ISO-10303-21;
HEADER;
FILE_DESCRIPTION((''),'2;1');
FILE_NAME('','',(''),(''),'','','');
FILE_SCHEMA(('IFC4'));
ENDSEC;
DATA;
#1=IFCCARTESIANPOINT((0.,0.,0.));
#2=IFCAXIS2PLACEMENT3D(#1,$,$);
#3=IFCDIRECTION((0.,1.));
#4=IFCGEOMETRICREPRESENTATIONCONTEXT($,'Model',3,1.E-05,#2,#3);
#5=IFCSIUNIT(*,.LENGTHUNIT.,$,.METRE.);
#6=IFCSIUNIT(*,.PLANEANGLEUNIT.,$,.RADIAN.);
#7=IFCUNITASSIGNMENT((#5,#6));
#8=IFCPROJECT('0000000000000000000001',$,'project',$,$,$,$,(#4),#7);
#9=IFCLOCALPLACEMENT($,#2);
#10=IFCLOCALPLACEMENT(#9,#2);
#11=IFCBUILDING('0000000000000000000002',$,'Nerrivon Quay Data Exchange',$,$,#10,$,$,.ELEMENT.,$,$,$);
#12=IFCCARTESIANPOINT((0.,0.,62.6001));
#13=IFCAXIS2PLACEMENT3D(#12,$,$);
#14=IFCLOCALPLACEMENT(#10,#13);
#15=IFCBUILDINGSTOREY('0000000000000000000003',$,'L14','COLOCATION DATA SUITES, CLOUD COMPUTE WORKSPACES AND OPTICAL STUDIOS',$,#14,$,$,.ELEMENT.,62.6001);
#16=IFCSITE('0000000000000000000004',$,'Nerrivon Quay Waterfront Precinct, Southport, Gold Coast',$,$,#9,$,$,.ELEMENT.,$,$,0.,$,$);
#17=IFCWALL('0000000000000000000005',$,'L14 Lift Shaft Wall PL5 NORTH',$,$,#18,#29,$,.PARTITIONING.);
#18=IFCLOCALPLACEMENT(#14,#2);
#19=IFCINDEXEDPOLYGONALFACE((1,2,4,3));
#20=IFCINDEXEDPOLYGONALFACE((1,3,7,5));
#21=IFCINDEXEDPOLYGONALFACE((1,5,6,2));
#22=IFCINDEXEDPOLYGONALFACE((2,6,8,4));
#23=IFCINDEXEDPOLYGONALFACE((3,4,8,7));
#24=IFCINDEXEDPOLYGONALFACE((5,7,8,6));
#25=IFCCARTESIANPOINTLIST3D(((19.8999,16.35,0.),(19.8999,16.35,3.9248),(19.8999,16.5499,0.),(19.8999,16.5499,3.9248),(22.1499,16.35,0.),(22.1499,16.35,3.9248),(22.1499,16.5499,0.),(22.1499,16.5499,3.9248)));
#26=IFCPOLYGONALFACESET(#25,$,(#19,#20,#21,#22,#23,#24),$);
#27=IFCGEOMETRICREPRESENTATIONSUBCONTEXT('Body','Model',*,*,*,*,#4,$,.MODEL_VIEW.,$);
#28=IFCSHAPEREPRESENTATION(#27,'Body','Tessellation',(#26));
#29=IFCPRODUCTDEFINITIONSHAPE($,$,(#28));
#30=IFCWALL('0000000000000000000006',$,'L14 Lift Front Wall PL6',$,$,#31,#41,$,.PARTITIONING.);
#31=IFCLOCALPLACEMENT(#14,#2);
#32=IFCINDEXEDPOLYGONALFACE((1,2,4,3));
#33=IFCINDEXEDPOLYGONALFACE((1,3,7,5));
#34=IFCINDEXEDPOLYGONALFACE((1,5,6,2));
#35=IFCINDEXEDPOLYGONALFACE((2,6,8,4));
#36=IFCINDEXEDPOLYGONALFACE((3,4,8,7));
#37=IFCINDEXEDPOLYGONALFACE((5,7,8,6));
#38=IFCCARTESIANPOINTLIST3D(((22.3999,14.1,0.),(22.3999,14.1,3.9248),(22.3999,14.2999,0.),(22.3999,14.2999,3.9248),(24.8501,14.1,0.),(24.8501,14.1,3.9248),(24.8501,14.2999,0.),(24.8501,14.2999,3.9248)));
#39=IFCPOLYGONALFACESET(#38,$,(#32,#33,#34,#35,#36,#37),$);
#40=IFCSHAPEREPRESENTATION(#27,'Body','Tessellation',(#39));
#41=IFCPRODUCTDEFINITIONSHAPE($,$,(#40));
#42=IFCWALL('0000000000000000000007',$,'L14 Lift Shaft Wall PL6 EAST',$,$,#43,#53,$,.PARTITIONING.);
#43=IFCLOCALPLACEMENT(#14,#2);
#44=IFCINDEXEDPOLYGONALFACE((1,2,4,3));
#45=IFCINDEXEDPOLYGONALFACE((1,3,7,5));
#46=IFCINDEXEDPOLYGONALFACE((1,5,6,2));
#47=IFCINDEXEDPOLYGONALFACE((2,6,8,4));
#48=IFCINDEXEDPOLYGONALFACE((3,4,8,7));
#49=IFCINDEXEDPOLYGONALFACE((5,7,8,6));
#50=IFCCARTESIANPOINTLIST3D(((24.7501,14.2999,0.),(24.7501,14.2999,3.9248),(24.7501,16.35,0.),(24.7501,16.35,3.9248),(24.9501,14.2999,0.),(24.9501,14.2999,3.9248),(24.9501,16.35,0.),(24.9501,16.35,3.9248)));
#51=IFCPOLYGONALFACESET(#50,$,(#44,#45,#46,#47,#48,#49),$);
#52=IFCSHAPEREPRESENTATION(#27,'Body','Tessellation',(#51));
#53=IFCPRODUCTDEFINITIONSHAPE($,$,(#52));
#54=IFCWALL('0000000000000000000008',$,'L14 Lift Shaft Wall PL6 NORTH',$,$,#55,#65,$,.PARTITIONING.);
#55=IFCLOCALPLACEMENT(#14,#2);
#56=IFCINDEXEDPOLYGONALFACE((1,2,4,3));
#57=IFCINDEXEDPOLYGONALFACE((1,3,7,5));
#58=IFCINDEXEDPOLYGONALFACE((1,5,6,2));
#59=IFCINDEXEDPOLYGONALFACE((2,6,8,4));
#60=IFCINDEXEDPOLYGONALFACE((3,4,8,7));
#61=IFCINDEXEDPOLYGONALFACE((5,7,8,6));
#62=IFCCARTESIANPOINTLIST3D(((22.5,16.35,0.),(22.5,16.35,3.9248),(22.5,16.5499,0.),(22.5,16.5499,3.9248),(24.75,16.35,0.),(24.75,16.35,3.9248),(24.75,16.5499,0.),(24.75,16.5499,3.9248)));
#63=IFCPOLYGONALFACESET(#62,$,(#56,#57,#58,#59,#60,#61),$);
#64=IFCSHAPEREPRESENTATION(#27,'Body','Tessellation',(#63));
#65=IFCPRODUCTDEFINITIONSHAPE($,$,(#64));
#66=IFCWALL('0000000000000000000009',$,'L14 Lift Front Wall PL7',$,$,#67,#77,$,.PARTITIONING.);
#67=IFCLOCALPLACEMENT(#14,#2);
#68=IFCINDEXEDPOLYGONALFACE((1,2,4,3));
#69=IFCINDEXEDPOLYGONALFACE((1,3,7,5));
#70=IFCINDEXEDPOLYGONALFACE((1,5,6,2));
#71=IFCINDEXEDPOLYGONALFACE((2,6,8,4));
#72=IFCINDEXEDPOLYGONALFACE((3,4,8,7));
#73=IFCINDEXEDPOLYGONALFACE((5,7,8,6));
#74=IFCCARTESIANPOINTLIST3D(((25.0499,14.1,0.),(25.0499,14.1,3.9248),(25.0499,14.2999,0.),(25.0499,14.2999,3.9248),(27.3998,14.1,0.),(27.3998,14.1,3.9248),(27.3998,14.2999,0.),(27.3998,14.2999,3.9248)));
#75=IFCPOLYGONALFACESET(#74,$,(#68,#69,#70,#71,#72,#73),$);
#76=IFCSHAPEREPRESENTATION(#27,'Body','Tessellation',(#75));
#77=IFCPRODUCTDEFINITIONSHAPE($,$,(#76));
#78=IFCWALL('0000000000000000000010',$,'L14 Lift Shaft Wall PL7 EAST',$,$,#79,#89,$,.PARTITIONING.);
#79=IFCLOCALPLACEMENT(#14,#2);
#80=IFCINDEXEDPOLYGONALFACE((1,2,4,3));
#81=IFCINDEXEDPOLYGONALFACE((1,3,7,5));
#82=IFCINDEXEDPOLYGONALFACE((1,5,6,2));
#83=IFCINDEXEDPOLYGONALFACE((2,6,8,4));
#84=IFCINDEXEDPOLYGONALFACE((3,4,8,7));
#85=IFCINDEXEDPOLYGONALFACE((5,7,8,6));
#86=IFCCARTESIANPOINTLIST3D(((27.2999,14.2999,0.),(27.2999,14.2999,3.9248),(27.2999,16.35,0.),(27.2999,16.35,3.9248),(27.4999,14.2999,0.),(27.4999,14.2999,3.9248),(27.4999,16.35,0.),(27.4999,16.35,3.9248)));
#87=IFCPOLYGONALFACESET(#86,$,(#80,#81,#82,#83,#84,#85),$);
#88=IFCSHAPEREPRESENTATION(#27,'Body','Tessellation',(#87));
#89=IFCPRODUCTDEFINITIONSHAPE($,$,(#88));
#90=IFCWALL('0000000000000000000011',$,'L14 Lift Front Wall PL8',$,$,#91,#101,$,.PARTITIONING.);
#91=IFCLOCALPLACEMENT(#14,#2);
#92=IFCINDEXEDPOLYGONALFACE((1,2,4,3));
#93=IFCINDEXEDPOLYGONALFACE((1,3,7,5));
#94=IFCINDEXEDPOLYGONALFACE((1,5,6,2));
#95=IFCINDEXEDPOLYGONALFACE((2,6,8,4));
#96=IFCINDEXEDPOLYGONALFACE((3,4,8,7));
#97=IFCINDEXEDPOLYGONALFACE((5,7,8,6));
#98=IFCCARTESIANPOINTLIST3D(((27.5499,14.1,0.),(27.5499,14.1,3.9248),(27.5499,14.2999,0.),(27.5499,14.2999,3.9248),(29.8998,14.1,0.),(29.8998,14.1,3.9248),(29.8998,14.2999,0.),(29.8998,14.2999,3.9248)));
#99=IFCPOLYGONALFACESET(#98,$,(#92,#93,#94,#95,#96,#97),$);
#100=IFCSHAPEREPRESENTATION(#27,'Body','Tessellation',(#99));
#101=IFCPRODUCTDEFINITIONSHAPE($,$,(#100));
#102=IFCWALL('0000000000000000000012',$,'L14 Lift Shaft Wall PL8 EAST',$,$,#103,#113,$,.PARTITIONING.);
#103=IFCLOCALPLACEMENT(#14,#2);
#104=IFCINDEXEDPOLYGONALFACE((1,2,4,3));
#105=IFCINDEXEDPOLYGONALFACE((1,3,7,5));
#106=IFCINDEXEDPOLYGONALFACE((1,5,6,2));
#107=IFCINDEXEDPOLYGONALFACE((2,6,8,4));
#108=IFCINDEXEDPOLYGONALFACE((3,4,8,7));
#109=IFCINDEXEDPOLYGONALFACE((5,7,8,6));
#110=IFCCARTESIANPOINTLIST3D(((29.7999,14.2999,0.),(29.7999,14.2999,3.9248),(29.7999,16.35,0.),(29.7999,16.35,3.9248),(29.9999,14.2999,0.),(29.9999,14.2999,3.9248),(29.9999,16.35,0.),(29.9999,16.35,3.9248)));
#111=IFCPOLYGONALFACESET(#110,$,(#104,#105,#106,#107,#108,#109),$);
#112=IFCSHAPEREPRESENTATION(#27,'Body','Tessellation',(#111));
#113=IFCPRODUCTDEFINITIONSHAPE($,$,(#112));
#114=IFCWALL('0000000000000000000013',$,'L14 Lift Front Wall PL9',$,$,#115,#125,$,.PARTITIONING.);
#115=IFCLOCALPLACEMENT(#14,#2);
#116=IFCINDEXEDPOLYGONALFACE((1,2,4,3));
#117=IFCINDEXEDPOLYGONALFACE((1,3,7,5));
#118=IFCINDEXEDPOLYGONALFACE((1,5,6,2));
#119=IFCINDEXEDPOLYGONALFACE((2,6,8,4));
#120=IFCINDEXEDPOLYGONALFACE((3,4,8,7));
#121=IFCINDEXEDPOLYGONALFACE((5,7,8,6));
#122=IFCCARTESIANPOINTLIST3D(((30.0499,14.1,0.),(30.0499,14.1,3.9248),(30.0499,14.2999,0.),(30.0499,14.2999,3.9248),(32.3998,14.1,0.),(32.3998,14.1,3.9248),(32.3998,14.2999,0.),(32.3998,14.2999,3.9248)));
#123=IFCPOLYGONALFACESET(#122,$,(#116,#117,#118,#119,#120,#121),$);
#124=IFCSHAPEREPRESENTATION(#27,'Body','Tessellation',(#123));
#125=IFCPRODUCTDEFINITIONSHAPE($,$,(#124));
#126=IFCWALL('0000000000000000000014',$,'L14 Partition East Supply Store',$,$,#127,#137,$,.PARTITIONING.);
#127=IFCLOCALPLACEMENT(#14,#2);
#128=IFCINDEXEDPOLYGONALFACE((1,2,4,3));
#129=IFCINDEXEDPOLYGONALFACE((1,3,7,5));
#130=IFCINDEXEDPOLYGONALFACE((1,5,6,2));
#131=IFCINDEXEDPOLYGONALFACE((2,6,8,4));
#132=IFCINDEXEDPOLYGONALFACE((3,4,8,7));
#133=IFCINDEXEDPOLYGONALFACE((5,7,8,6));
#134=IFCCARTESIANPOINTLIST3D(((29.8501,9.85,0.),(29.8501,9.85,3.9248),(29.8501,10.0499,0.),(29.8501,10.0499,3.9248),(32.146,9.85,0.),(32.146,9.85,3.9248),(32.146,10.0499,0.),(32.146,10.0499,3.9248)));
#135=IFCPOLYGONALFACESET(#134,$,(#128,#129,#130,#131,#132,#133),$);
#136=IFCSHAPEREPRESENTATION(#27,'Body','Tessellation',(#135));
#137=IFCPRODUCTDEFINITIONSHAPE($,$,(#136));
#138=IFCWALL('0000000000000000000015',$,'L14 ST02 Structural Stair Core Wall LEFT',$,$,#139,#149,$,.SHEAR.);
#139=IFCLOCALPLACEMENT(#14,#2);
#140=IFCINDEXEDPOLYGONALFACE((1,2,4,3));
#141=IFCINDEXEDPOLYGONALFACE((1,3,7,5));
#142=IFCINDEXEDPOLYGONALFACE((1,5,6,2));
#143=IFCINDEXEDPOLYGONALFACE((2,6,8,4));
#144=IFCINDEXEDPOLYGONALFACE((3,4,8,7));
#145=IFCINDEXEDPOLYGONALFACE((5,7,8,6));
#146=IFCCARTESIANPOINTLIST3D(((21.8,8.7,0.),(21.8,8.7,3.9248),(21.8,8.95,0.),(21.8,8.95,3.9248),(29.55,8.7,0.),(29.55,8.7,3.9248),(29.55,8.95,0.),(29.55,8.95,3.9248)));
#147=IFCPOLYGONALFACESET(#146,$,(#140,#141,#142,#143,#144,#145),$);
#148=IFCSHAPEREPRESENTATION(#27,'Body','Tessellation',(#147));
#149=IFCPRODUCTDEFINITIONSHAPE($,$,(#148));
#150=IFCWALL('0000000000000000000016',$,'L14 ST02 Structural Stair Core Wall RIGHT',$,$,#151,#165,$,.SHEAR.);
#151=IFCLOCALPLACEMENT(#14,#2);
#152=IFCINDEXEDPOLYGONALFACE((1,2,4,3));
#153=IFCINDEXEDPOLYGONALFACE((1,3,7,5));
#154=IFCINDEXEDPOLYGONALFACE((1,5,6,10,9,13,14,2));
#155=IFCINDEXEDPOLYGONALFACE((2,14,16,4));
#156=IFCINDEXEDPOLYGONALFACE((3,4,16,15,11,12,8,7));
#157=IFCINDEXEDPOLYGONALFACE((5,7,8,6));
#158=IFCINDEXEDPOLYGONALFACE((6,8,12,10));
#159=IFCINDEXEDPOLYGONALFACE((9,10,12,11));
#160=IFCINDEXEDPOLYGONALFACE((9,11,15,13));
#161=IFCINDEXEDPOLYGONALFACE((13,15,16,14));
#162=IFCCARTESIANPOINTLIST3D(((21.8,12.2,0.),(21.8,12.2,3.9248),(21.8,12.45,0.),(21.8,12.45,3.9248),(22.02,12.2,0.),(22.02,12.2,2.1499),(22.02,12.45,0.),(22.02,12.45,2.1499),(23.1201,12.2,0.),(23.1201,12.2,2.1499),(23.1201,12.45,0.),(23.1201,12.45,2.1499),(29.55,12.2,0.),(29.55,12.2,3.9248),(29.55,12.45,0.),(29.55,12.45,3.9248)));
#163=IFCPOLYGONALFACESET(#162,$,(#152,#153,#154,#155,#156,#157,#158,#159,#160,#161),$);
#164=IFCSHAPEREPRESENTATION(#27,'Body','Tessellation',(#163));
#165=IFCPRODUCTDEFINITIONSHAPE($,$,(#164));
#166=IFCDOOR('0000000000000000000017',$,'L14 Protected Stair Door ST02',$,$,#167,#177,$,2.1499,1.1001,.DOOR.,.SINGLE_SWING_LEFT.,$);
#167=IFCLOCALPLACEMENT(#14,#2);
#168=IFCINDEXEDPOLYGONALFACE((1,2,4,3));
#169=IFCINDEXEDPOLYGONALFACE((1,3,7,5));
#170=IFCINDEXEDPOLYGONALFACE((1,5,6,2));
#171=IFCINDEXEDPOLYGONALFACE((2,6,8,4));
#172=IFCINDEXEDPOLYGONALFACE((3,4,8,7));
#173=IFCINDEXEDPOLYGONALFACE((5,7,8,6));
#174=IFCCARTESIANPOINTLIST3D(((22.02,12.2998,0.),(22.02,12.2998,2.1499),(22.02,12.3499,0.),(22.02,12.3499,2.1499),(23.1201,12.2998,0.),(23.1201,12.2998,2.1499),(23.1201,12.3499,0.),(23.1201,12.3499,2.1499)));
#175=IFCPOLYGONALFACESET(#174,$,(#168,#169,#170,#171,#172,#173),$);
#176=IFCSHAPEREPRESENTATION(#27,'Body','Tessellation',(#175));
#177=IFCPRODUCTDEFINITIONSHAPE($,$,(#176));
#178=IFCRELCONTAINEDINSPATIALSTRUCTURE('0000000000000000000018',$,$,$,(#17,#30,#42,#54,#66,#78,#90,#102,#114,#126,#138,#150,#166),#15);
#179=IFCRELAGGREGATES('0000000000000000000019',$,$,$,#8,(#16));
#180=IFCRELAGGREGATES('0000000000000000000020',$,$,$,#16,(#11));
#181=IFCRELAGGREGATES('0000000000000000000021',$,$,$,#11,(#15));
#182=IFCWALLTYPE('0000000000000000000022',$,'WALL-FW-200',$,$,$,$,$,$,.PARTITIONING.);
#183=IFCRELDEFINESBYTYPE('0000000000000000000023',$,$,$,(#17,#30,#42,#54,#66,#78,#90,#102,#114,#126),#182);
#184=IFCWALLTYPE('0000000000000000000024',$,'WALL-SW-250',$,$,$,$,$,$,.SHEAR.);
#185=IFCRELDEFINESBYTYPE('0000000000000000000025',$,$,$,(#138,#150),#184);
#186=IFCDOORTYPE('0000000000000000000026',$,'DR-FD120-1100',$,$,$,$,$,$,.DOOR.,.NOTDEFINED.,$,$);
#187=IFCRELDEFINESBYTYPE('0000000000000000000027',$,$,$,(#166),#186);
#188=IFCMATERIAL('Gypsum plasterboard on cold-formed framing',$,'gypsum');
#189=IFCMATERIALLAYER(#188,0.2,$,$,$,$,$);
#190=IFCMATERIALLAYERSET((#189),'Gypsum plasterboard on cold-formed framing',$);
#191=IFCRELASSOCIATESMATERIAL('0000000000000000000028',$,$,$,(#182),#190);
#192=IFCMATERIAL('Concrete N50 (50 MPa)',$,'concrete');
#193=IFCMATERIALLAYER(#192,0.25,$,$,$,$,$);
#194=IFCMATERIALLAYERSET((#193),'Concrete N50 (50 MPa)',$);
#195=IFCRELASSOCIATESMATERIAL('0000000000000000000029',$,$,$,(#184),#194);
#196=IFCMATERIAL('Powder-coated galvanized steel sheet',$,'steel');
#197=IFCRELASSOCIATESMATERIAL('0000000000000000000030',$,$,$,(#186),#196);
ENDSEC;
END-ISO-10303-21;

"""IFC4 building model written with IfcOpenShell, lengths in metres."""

from ifc_helpers import new_model, si_unit, direction, frame, frame_2d, origin, place, context, subcontext, project, spatial, rectangle, extrude, material, layer, layer_set, type_object, element, fill, save


model = new_model("IFC4")

# Units and contexts
model_context = context("Model", 3, precision=1e-05, world=origin(), true_north=direction((0.0, 1.0)))
body_context = subcontext(model_context, "Body", "Model", "MODEL_VIEW")
ifc_project = project(units=[si_unit("LENGTHUNIT", "METRE"), si_unit("PLANEANGLEUNIT", "RADIAN")], contexts=[model_context])

# Site, building, storey
site_placement = place(None, origin())
site = spatial("IfcSite", under=ifc_project, at=site_placement, Name="Nerrivon Quay Waterfront Precinct, Southport, Gold Coast", CompositionType="ELEMENT", RefElevation=0.0)
building_placement = place(site_placement, origin())
building = spatial("IfcBuilding", under=site, at=building_placement, Name="Nerrivon Quay Data Exchange", CompositionType="ELEMENT")
storey_placement = place(building_placement, frame((0.0, 0.0, 62.6001)))
storey = spatial("IfcBuildingStorey", under=building, at=storey_placement, Name="L14", Description="COLOCATION DATA SUITES, CLOUD COMPUTE WORKSPACES AND OPTICAL STUDIOS", CompositionType="ELEMENT", Elevation=62.6001)

# Shared definitions
ifc_material_1 = material(Name="Gypsum plasterboard on cold-formed framing", Category="gypsum")
ifc_layer_1 = layer(ifc_material_1, 0.2)
ifc_layer_set_1 = layer_set([ifc_layer_1], Name="Gypsum plasterboard on cold-formed framing")
wall_type_1 = type_object("IfcWallType", Name="WALL-FW-200", PredefinedType="PARTITIONING", material=ifc_layer_set_1)

# Shared definitions
ifc_material_2 = material(Name="Powder-coated galvanized steel sheet", Category="steel")

# Walls
wall_1_placement = place(storey_placement, frame((19.8999, 16.45, 0.0), z_axis=(0.0, 0.0, 1.0), x_axis=(1.0, 0.0, 0.0)))
element("IfcWall", 1, at=wall_1_placement, inside=storey, type_object=wall_type_1, Name="L14 Lift Shaft Wall PL5 NORTH", PredefinedType="PARTITIONING", context=body_context, shape_type="SweptSolid", body=[
    extrude(rectangle(XDim=2.25, YDim=0.2, at=frame_2d((1.125, 0.0))), origin(), (0.0, 0.0, 1.0), 3.9248),
])
wall_2_placement = place(storey_placement, frame((22.3999, 14.2, 0.0), z_axis=(0.0, 0.0, 1.0), x_axis=(1.0, 0.0, 0.0)))
element("IfcWall", 2, at=wall_2_placement, inside=storey, type_object=wall_type_1, Name="L14 Lift Front Wall PL6", PredefinedType="PARTITIONING", context=body_context, shape_type="SweptSolid", body=[
    extrude(rectangle(XDim=2.4502, YDim=0.2, at=frame_2d((1.2251, 0.0))), origin(), (0.0, 0.0, 1.0), 3.9248),
])
wall_3_placement = place(storey_placement, frame((24.8501, 14.3, 0.0), z_axis=(0.0, 0.0, 1.0), x_axis=(0.0, 1.0, 0.0)))
element("IfcWall", 3, at=wall_3_placement, inside=storey, type_object=wall_type_1, Name="L14 Lift Shaft Wall PL6 EAST", PredefinedType="PARTITIONING", context=body_context, shape_type="SweptSolid", body=[
    extrude(rectangle(XDim=2.05, YDim=0.2, at=frame_2d((1.0249, 0.0))), origin(), (0.0, 0.0, 1.0), 3.9248),
])
wall_4_placement = place(storey_placement, frame((22.5, 16.45, 0.0), z_axis=(0.0, 0.0, 1.0), x_axis=(1.0, 0.0, 0.0)))
element("IfcWall", 4, at=wall_4_placement, inside=storey, type_object=wall_type_1, Name="L14 Lift Shaft Wall PL6 NORTH", PredefinedType="PARTITIONING", context=body_context, shape_type="SweptSolid", body=[
    extrude(rectangle(XDim=2.25, YDim=0.2, at=frame_2d((1.125, 0.0))), origin(), (0.0, 0.0, 1.0), 3.9248),
])
wall_5_placement = place(storey_placement, frame((25.05, 14.2, 0.0), z_axis=(0.0, 0.0, 1.0), x_axis=(1.0, 0.0, 0.0)))
element("IfcWall", 5, at=wall_5_placement, inside=storey, type_object=wall_type_1, Name="L14 Lift Front Wall PL7", PredefinedType="PARTITIONING", context=body_context, shape_type="SweptSolid", body=[
    extrude(rectangle(XDim=2.3499, YDim=0.2, at=frame_2d((1.1748, 0.0))), origin(), (0.0, 0.0, 1.0), 3.9248),
])
wall_6_placement = place(storey_placement, frame((27.3999, 14.3, 0.0), z_axis=(0.0, 0.0, 1.0), x_axis=(0.0, 1.0, 0.0)))
element("IfcWall", 6, at=wall_6_placement, inside=storey, type_object=wall_type_1, Name="L14 Lift Shaft Wall PL7 EAST", PredefinedType="PARTITIONING", context=body_context, shape_type="SweptSolid", body=[
    extrude(rectangle(XDim=2.05, YDim=0.2, at=frame_2d((1.0249, 0.0))), origin(), (0.0, 0.0, 1.0), 3.9248),
])
wall_7_placement = place(storey_placement, frame((27.55, 14.2, 0.0), z_axis=(0.0, 0.0, 1.0), x_axis=(1.0, 0.0, 0.0)))
element("IfcWall", 7, at=wall_7_placement, inside=storey, type_object=wall_type_1, Name="L14 Lift Front Wall PL8", PredefinedType="PARTITIONING", context=body_context, shape_type="SweptSolid", body=[
    extrude(rectangle(XDim=2.3499, YDim=0.2, at=frame_2d((1.1748, 0.0))), origin(), (0.0, 0.0, 1.0), 3.9248),
])
wall_8_placement = place(storey_placement, frame((29.8999, 14.3, 0.0), z_axis=(0.0, 0.0, 1.0), x_axis=(0.0, 1.0, 0.0)))
element("IfcWall", 8, at=wall_8_placement, inside=storey, type_object=wall_type_1, Name="L14 Lift Shaft Wall PL8 EAST", PredefinedType="PARTITIONING", context=body_context, shape_type="SweptSolid", body=[
    extrude(rectangle(XDim=2.05, YDim=0.2, at=frame_2d((1.0249, 0.0))), origin(), (0.0, 0.0, 1.0), 3.9248),
])
wall_9_placement = place(storey_placement, frame((30.05, 14.2, 0.0), z_axis=(0.0, 0.0, 1.0), x_axis=(1.0, 0.0, 0.0)))
element("IfcWall", 9, at=wall_9_placement, inside=storey, type_object=wall_type_1, Name="L14 Lift Front Wall PL9", PredefinedType="PARTITIONING", context=body_context, shape_type="SweptSolid", body=[
    extrude(rectangle(XDim=2.3499, YDim=0.2, at=frame_2d((1.1748, 0.0))), origin(), (0.0, 0.0, 1.0), 3.9248),
])

# Walls
wall_10_placement = place(storey_placement, frame((29.8501, 9.95, 0.0), z_axis=(0.0, 0.0, 1.0), x_axis=(1.0, 0.0, 0.0)))
element("IfcWall", 10, at=wall_10_placement, inside=storey, type_object=wall_type_1, Name="L14 Partition East Supply Store", PredefinedType="PARTITIONING", context=body_context, shape_type="SweptSolid", body=[
    extrude(rectangle(XDim=2.2959, YDim=0.2, at=frame_2d((1.1479, 0.0))), origin(), (0.0, 0.0, 1.0), 3.9248),
])
ifc_material_3 = material(Name="Concrete N50 (50 MPa)", Category="concrete")
ifc_layer_2 = layer(ifc_material_3, 0.25)
ifc_layer_set_2 = layer_set([ifc_layer_2], Name="Concrete N50 (50 MPa)")
wall_type_2 = type_object("IfcWallType", Name="WALL-SW-250", PredefinedType="SHEAR", material=ifc_layer_set_2)
wall_11_placement = place(storey_placement, frame((21.8, 8.825, 0.0), z_axis=(0.0, 0.0, 1.0), x_axis=(1.0, 0.0, 0.0)))
element("IfcWall", 11, at=wall_11_placement, inside=storey, type_object=wall_type_2, Name="L14 ST02 Structural Stair Core Wall LEFT", PredefinedType="SHEAR", context=body_context, shape_type="SweptSolid", body=[
    extrude(rectangle(XDim=7.75, YDim=0.25, at=frame_2d((3.875, 0.0))), origin(), (0.0, 0.0, 1.0), 3.9248),
])

# Wall, opening, door
wall_12_placement = place(storey_placement, frame((21.8, 12.325, 0.0), z_axis=(0.0, 0.0, 1.0), x_axis=(1.0, 0.0, 0.0)))
wall_12 = element("IfcWall", 12, at=wall_12_placement, inside=storey, type_object=wall_type_2, Name="L14 ST02 Structural Stair Core Wall RIGHT", PredefinedType="SHEAR", context=body_context, shape_type="SweptSolid", body=[
    extrude(rectangle(XDim=7.75, YDim=0.25, at=frame_2d((3.875, 0.0))), origin(), (0.0, 0.0, 1.0), 3.9248),
])
opening_1_placement = place(wall_12_placement, frame((0.22, 0.0, 0.0)))
opening_1 = element("IfcOpeningElement", 13, at=opening_1_placement, cuts=wall_12, PredefinedType="OPENING", context=body_context, shape_type="SweptSolid", body=[
    extrude(rectangle(XDim=1.1001, YDim=2.1499, at=frame_2d((0.55, 1.075))), frame((0.0, 0.135, 0.0), z_axis=(0.0, -1.0, 0.0), x_axis=(1.0, 0.0, 0.0)), (0.0, 0.0, 1.0), 0.27),
])
door_type_1 = type_object("IfcDoorType", Name="DR-FD120-1100", OperationType="NOTDEFINED", PredefinedType="DOOR", material=ifc_material_2)
door_1_placement = place(opening_1_placement, origin())
door_1 = element("IfcDoor", 14, at=door_1_placement, inside=storey, type_object=door_type_1, Name="L14 Protected Stair Door ST02", OperationType="SINGLE_SWING_LEFT", OverallHeight=2.1499, OverallWidth=1.1001, PredefinedType="DOOR", context=body_context, shape_type="SweptSolid", body=[
    extrude(rectangle(XDim=1.1001, YDim=2.1499, at=frame_2d((0.55, 1.075))), frame((0.0, 0.0249, 0.0), z_axis=(0.0, -1.0, 0.0), x_axis=(1.0, 0.0, 0.0)), (0.0, 0.0, 1.0), 0.05),
])
fill(opening_1, door_1)

save(model, "model.ifc")
